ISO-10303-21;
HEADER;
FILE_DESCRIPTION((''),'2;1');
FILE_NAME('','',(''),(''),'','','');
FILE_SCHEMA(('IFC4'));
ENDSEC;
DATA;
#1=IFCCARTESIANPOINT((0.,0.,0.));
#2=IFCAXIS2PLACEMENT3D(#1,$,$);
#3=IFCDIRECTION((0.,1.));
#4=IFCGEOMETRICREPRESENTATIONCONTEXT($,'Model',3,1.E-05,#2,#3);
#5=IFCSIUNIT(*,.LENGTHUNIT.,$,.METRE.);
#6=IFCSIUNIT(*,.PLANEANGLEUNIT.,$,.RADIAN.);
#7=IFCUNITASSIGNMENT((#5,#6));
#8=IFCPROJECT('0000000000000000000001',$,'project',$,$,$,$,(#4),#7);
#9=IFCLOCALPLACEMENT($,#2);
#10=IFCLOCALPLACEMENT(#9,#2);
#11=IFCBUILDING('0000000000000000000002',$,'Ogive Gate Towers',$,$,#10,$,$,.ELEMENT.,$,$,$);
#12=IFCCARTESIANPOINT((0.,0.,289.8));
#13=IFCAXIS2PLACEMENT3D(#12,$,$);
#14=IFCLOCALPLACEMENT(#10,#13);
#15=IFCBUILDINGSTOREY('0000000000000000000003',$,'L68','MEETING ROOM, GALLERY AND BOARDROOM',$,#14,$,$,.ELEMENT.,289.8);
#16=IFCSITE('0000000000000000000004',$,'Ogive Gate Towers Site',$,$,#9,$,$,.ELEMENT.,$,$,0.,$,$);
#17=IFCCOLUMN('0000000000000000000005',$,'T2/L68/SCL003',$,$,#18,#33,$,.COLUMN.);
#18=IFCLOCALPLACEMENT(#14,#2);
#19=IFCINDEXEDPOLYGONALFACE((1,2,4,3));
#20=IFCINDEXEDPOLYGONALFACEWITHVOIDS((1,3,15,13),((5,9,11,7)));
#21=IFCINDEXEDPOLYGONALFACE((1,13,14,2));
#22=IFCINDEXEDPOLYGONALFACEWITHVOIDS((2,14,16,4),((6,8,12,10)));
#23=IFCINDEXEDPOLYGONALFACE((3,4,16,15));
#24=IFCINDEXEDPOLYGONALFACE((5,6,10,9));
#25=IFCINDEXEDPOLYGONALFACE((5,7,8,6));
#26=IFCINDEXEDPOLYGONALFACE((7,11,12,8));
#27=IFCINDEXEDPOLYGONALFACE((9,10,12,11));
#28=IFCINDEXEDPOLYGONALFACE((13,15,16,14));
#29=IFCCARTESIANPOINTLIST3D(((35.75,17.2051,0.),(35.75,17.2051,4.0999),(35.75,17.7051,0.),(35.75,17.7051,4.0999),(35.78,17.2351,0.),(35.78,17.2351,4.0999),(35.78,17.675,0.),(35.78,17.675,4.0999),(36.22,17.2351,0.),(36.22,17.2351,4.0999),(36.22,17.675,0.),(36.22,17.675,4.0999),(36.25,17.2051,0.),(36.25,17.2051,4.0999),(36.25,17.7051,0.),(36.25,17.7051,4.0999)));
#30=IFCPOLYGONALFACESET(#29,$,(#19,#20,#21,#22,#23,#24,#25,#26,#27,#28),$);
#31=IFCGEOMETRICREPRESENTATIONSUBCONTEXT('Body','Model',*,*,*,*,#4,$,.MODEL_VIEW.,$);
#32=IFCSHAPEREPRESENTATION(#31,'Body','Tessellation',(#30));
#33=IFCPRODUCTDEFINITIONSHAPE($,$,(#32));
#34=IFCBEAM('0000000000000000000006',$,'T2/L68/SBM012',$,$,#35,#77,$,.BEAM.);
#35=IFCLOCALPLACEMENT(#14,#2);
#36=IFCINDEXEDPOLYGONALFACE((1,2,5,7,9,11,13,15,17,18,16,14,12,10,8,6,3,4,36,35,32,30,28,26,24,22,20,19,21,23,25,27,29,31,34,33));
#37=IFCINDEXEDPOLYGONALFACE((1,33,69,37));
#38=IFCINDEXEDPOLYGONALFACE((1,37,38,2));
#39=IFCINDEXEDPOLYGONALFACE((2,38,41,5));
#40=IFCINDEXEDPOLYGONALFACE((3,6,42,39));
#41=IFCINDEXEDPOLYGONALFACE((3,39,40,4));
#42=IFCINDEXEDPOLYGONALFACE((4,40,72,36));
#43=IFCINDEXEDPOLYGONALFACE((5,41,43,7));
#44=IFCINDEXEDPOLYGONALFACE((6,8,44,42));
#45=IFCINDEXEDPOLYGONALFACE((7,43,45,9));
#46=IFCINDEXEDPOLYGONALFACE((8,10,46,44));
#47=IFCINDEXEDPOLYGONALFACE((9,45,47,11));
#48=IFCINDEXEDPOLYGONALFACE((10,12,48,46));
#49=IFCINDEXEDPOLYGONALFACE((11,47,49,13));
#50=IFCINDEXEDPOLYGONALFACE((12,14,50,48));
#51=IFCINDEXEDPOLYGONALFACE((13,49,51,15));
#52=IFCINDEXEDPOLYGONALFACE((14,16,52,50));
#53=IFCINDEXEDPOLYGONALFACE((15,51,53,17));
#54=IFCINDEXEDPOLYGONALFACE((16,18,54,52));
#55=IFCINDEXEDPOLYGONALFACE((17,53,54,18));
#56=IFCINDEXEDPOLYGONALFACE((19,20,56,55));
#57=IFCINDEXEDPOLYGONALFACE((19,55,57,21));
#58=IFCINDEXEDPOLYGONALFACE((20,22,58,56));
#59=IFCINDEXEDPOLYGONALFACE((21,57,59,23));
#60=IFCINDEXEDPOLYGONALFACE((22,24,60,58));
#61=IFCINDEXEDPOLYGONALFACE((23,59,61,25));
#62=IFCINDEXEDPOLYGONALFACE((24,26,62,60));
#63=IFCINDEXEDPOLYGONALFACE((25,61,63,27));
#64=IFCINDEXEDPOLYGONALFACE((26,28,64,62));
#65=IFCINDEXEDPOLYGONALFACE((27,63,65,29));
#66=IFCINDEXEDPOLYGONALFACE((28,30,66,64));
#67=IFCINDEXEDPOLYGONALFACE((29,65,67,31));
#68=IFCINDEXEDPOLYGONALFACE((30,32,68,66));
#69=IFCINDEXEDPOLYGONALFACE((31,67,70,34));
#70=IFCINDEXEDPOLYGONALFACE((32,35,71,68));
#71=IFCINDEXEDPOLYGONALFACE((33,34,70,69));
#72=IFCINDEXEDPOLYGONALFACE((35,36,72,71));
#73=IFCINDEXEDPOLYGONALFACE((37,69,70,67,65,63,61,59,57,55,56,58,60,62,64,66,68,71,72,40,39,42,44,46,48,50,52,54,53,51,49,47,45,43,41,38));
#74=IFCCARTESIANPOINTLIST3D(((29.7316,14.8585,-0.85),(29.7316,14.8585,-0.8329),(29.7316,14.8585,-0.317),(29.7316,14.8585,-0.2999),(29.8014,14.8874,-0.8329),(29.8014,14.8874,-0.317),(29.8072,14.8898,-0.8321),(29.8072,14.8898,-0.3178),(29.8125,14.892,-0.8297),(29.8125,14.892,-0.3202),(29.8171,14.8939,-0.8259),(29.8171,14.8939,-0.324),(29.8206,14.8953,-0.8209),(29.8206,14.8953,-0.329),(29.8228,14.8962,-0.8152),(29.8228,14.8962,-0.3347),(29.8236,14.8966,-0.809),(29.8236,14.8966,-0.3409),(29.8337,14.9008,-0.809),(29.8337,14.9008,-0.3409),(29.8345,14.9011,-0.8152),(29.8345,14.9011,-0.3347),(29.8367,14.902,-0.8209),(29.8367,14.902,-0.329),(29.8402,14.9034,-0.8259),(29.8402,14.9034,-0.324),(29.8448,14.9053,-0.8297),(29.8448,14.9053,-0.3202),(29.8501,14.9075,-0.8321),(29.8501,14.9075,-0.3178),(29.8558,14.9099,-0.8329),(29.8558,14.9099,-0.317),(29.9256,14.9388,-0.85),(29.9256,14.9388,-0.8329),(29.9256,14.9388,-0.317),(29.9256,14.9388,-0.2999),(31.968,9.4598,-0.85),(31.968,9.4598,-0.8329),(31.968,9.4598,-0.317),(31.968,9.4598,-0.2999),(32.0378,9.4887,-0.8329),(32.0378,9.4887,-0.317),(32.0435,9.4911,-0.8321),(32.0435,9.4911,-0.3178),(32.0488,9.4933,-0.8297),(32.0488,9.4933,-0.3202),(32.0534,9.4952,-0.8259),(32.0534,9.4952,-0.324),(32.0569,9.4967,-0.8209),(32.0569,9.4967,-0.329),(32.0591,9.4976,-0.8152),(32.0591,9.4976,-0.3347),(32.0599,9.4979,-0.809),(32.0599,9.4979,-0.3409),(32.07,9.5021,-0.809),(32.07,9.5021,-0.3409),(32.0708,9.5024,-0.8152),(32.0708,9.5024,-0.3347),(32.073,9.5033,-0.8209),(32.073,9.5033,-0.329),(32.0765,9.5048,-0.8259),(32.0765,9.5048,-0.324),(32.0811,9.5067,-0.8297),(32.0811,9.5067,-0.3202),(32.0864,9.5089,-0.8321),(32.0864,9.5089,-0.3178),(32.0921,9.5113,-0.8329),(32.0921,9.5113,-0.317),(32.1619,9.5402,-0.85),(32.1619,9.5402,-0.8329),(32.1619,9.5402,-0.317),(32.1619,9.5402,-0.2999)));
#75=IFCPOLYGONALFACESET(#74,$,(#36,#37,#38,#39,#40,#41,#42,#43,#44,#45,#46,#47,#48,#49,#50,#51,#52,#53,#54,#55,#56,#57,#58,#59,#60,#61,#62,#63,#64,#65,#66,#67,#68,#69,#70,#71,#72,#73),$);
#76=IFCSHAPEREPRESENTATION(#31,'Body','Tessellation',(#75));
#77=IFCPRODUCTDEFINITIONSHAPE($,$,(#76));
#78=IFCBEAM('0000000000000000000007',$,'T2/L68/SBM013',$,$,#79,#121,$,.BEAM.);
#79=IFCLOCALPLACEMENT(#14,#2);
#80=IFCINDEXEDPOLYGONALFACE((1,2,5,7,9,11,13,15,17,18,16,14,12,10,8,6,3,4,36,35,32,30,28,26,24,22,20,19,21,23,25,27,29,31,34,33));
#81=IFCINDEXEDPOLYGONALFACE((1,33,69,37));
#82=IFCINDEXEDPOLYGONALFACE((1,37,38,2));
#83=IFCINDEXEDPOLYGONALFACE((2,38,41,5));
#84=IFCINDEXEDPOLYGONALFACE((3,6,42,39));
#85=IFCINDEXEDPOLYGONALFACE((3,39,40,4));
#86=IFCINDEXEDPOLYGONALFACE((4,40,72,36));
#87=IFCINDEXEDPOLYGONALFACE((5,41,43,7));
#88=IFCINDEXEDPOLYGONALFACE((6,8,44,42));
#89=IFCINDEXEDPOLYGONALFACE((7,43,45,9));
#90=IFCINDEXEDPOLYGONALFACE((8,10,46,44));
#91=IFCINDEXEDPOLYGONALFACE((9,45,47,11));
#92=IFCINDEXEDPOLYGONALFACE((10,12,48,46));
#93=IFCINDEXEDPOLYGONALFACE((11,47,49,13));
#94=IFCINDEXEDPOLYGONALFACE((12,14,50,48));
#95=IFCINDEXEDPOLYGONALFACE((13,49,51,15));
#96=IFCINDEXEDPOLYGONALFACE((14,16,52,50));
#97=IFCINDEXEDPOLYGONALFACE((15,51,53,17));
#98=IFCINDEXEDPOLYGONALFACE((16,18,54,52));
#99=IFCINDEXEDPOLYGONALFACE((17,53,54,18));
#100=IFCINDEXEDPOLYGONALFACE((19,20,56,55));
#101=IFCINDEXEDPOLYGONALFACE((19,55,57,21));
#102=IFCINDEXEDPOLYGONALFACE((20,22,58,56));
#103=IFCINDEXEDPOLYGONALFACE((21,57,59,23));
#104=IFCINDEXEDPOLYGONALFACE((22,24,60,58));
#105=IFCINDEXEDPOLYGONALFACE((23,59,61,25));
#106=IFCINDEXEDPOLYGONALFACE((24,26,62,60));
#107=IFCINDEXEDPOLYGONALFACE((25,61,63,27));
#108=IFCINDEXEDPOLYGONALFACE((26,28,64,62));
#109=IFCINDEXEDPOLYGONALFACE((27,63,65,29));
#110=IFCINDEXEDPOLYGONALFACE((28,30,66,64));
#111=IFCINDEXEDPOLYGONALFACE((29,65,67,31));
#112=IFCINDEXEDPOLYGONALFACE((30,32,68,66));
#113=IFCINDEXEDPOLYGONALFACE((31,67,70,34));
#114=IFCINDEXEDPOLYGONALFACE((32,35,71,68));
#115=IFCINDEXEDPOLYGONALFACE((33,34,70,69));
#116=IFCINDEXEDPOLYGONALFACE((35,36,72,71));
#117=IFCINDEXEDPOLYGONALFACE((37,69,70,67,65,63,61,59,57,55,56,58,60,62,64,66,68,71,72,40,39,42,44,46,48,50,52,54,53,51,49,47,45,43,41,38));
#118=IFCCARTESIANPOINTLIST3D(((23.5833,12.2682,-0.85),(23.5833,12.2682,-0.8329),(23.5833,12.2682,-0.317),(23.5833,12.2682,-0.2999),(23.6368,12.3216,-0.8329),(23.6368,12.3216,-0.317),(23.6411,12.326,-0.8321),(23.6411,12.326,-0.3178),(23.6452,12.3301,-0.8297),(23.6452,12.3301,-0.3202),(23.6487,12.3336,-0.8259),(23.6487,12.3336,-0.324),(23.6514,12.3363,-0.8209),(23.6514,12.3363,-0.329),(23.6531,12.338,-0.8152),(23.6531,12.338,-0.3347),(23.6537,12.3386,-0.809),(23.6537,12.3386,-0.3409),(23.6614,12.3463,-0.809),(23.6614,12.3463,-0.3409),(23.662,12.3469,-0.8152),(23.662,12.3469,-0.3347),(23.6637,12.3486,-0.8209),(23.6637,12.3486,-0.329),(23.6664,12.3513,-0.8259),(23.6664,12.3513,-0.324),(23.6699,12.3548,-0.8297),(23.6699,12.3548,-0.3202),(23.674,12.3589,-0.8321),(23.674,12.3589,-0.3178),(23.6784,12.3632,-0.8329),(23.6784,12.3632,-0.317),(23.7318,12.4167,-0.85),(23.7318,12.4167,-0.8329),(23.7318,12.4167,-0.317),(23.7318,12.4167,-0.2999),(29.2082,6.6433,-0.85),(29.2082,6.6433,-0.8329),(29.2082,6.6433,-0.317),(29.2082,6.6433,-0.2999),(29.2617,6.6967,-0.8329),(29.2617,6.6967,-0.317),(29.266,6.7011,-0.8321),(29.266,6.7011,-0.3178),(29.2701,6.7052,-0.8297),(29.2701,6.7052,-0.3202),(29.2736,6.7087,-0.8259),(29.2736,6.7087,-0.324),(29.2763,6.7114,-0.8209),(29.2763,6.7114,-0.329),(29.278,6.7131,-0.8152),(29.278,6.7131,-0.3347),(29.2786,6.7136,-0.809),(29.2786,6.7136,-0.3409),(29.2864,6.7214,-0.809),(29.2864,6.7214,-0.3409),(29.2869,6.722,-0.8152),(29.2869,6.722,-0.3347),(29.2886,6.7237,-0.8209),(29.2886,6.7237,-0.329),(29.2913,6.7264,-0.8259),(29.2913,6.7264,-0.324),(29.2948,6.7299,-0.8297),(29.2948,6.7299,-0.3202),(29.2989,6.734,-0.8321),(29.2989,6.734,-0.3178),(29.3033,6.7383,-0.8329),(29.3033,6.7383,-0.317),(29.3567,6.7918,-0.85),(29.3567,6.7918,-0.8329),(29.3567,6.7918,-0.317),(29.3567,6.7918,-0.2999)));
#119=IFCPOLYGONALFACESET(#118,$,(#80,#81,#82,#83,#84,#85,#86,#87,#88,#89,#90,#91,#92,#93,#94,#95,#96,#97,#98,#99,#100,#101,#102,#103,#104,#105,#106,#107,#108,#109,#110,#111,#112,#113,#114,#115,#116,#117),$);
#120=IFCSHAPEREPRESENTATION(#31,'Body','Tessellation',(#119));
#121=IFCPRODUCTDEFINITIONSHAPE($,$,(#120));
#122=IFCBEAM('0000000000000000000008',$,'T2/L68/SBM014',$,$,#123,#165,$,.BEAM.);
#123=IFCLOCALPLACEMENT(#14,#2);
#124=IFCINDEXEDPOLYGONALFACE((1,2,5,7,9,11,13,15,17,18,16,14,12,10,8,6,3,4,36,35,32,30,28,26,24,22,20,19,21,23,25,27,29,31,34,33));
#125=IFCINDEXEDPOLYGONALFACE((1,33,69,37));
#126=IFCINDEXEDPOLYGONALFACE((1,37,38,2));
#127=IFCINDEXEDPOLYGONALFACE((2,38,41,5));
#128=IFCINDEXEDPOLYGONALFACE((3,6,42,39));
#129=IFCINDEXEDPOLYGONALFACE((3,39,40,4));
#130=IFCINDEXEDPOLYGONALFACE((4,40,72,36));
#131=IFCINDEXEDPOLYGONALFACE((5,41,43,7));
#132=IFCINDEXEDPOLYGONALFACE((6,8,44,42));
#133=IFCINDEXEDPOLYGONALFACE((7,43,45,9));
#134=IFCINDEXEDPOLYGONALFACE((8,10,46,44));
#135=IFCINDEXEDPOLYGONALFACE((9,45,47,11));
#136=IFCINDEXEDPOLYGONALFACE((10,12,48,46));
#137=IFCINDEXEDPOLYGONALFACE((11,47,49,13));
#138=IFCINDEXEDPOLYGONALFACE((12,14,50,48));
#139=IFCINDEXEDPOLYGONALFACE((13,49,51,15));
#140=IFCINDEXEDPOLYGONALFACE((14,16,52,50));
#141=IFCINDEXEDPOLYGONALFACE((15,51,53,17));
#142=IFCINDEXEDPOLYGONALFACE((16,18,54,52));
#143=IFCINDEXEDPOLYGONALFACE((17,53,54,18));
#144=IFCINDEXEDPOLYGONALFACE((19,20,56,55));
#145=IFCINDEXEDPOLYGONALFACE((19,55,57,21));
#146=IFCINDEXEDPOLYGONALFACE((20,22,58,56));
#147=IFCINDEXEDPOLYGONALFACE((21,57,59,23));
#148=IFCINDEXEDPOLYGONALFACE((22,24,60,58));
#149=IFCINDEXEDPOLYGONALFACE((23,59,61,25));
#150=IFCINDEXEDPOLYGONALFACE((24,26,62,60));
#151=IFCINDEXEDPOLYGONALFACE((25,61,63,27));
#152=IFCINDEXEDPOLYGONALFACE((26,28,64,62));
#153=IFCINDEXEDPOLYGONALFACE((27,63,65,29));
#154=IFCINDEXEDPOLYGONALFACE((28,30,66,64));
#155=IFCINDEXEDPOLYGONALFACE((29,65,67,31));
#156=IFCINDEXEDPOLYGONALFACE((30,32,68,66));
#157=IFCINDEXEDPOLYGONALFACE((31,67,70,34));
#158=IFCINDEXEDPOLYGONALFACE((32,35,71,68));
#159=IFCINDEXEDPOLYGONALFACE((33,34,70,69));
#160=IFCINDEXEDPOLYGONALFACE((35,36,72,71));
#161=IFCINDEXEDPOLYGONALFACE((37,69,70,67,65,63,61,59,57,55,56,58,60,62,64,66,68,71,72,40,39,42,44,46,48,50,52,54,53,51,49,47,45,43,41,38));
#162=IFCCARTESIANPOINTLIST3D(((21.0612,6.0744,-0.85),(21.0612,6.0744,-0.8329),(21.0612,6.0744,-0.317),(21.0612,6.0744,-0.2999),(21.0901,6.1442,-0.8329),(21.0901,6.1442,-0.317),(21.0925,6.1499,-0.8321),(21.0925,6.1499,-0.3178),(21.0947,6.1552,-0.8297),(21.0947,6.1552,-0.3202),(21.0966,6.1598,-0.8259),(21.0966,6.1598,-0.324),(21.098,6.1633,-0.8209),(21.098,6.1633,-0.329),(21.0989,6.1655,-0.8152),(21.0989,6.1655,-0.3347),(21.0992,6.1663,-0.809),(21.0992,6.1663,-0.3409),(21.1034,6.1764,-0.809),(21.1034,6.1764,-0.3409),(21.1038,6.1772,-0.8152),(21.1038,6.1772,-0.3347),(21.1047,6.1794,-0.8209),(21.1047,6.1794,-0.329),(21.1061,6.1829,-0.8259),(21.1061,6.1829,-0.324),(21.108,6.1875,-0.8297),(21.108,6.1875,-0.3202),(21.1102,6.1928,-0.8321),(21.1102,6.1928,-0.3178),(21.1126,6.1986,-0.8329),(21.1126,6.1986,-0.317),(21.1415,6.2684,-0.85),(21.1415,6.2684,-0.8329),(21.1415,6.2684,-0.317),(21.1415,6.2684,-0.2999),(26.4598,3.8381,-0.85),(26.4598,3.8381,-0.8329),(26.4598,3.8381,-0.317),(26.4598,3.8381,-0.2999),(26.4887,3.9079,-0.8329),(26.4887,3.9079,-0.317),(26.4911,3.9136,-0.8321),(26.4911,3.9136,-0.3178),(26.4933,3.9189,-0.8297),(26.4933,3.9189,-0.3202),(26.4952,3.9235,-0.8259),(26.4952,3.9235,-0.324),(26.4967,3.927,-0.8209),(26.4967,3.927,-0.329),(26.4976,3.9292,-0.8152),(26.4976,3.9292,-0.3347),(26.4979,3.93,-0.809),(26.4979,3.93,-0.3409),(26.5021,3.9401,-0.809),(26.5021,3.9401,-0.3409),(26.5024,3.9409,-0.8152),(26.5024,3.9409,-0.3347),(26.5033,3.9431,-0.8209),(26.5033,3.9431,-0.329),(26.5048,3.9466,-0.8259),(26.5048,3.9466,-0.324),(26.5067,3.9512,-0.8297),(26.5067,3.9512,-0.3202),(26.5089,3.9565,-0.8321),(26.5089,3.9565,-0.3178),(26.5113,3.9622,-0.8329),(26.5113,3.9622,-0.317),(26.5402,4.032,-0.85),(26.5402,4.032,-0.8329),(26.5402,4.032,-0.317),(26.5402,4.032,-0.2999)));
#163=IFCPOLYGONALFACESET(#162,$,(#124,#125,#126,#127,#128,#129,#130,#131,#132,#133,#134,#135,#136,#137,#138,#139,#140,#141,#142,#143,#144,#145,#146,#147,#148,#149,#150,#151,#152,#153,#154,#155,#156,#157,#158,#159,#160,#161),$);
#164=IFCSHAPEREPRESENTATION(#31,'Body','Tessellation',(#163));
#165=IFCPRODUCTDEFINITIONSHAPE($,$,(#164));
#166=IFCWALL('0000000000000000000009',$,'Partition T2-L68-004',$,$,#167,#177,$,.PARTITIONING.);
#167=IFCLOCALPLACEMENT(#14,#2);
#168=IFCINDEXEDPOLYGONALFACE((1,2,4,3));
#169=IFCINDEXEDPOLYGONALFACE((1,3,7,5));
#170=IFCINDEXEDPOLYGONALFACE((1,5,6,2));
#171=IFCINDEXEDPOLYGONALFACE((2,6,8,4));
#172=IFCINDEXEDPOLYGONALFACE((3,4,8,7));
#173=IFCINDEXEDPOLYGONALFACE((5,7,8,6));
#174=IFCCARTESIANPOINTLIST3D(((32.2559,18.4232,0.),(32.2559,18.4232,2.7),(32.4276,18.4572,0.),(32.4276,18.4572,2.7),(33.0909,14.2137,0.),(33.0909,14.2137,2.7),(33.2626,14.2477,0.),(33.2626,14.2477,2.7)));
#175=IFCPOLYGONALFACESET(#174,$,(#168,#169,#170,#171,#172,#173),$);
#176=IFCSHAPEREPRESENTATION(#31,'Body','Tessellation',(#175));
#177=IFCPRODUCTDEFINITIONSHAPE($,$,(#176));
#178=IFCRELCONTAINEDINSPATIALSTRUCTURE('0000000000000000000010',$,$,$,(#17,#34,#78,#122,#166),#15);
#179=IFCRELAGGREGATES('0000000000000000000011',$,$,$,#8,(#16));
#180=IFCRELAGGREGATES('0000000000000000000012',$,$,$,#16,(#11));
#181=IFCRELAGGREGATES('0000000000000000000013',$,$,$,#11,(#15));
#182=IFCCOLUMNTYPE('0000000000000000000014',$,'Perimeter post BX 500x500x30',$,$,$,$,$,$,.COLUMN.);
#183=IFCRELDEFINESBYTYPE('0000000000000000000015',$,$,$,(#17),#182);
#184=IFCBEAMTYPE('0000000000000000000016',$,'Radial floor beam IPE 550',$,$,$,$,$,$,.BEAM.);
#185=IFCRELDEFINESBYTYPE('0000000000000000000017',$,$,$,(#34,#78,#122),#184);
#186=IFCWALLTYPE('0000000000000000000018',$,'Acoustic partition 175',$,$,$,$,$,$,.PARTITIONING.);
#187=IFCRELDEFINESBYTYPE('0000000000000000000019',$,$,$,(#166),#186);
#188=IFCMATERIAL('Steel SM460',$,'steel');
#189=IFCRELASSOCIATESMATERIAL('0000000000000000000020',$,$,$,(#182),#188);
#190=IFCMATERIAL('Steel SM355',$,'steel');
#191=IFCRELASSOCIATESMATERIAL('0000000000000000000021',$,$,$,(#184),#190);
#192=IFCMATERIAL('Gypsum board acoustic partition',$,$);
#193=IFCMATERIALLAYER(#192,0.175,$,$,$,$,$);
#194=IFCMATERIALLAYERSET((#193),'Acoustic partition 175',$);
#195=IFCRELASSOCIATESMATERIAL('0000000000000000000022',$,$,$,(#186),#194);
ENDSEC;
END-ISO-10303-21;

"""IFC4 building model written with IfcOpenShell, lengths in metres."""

from ifc_helpers import new_model, si_unit, direction, frame, frame_2d, origin, origin_2d, place, context, subcontext, project, spatial, rectangle, hollow_rectangle, i_section, extrude, material, layer, layer_set, material_profile, profile_set, type_object, element, save


model = new_model("IFC4")

# Units and contexts
model_context = context("Model", 3, precision=1e-05, world=origin(), true_north=direction((0.0, 1.0)))
body_context = subcontext(model_context, "Body", "Model", "MODEL_VIEW")
ifc_project = project(units=[si_unit("LENGTHUNIT", "METRE"), si_unit("PLANEANGLEUNIT", "RADIAN")], contexts=[model_context])

# Site, building, storey
site_placement = place(None, origin())
site = spatial("IfcSite", under=ifc_project, at=site_placement, Name="Ogive Gate Towers Site", CompositionType="ELEMENT", RefElevation=0.0)
building_placement = place(site_placement, origin())
building = spatial("IfcBuilding", under=site, at=building_placement, Name="Ogive Gate Towers", CompositionType="ELEMENT")
storey_placement = place(building_placement, frame((0.0, 0.0, 289.8)))
storey = spatial("IfcBuildingStorey", under=building, at=storey_placement, Name="L68", Description="MEETING ROOM, GALLERY AND BOARDROOM", CompositionType="ELEMENT", Elevation=289.8)

# Column
ifc_material_1 = material(Name="Steel SM460", Category="steel")
ifc_material_profile_1 = material_profile(ifc_material_1, hollow_rectangle(XDim=0.5, YDim=0.5, WallThickness=0.03, at=origin_2d()), Name="BX 500x500x30")
ifc_profile_set_1 = profile_set([ifc_material_profile_1], Name="Steel SM460")
column_type = type_object("IfcColumnType", Name="Perimeter post BX 500x500x30", PredefinedType="COLUMN", material=ifc_profile_set_1)
column_placement = place(storey_placement, frame((36.0, 17.4551, 0.0), z_axis=(0.0, 0.0, 1.0), x_axis=(1.0, 0.0, 0.0)))
element("IfcColumn", 1, at=column_placement, inside=storey, type_object=column_type, Name="T2/L68/SCL003", PredefinedType="COLUMN", context=body_context, shape_type="SweptSolid", body=[
    extrude(hollow_rectangle(XDim=0.5, YDim=0.5, WallThickness=0.03, at=origin_2d()), origin(), (0.0, 0.0, 1.0), 4.0999),
])

# Beams
ifc_material_2 = material(Name="Steel SM355", Category="steel")
ifc_material_profile_2 = material_profile(ifc_material_2, i_section(OverallWidth=0.21, OverallDepth=0.55, WebThickness=0.011, FlangeThickness=0.0171, FilletRadius=0.0239, at=origin_2d()), Name="IPE 550")
ifc_profile_set_2 = profile_set([ifc_material_profile_2], Name="Steel SM355")
beam_type = type_object("IfcBeamType", Name="Radial floor beam IPE 550", PredefinedType="BEAM", material=ifc_profile_set_2)
beam_1_placement = place(storey_placement, frame((32.0649, 9.5, -0.575), z_axis=(-0.382701, 0.923872, 0.0), x_axis=(-0.923872, -0.382701, 0.0)))
element("IfcBeam", 2, at=beam_1_placement, inside=storey, type_object=beam_type, Name="T2/L68/SBM012", PredefinedType="BEAM", context=body_context, shape_type="SweptSolid", body=[
    extrude(i_section(OverallWidth=0.21, OverallDepth=0.55, WebThickness=0.011, FlangeThickness=0.0171, FilletRadius=0.0239, at=origin_2d()), origin(), (0.0, 0.0, 1.0), 5.8435),
])
beam_2_placement = place(storey_placement, frame((29.2825, 6.7175, -0.575), z_axis=(-0.707107, 0.707107, 0.0), x_axis=(-0.707107, -0.707107, 0.0)))
element("IfcBeam", 3, at=beam_2_placement, inside=storey, type_object=beam_type, Name="T2/L68/SBM013", PredefinedType="BEAM", context=body_context, shape_type="SweptSolid", body=[
    extrude(i_section(OverallWidth=0.21, OverallDepth=0.55, WebThickness=0.011, FlangeThickness=0.0171, FilletRadius=0.0239, at=origin_2d()), origin(), (0.0, 0.0, 1.0), 7.9548),
])
beam_3_placement = place(storey_placement, frame((26.5, 3.9351, -0.575), z_axis=(-0.923872, 0.382701, 0.0), x_axis=(-0.382701, -0.923872, 0.0)))
element("IfcBeam", 4, at=beam_3_placement, inside=storey, type_object=beam_type, Name="T2/L68/SBM014", PredefinedType="BEAM", context=body_context, shape_type="SweptSolid", body=[
    extrude(i_section(OverallWidth=0.21, OverallDepth=0.55, WebThickness=0.011, FlangeThickness=0.0171, FilletRadius=0.0239, at=origin_2d()), origin(), (0.0, 0.0, 1.0), 5.8435),
])

# Wall
ifc_material_3 = material(Name="Gypsum board acoustic partition")
ifc_layer_1 = layer(ifc_material_3, 0.175)
ifc_layer_set_1 = layer_set([ifc_layer_1], Name="Acoustic partition 175")
wall_type_1 = type_object("IfcWallType", Name="Acoustic partition 175", PredefinedType="PARTITIONING", material=ifc_layer_set_1)
wall_1_placement = place(storey_placement, frame((32.3418, 18.4402, 0.0), z_axis=(0.0, 0.0, 1.0), x_axis=(0.194562, -0.98089, 0.0)))
element("IfcWall", 5, at=wall_1_placement, inside=storey, type_object=wall_type_1, Name="Partition T2-L68-004", PredefinedType="PARTITIONING", context=body_context, shape_type="SweptSolid", body=[
    extrude(rectangle(XDim=4.2915, YDim=0.175, at=frame_2d((2.1458, 0.0))), origin(), (0.0, 0.0, 1.0), 2.7),
])

save(model, "model.ifc")
